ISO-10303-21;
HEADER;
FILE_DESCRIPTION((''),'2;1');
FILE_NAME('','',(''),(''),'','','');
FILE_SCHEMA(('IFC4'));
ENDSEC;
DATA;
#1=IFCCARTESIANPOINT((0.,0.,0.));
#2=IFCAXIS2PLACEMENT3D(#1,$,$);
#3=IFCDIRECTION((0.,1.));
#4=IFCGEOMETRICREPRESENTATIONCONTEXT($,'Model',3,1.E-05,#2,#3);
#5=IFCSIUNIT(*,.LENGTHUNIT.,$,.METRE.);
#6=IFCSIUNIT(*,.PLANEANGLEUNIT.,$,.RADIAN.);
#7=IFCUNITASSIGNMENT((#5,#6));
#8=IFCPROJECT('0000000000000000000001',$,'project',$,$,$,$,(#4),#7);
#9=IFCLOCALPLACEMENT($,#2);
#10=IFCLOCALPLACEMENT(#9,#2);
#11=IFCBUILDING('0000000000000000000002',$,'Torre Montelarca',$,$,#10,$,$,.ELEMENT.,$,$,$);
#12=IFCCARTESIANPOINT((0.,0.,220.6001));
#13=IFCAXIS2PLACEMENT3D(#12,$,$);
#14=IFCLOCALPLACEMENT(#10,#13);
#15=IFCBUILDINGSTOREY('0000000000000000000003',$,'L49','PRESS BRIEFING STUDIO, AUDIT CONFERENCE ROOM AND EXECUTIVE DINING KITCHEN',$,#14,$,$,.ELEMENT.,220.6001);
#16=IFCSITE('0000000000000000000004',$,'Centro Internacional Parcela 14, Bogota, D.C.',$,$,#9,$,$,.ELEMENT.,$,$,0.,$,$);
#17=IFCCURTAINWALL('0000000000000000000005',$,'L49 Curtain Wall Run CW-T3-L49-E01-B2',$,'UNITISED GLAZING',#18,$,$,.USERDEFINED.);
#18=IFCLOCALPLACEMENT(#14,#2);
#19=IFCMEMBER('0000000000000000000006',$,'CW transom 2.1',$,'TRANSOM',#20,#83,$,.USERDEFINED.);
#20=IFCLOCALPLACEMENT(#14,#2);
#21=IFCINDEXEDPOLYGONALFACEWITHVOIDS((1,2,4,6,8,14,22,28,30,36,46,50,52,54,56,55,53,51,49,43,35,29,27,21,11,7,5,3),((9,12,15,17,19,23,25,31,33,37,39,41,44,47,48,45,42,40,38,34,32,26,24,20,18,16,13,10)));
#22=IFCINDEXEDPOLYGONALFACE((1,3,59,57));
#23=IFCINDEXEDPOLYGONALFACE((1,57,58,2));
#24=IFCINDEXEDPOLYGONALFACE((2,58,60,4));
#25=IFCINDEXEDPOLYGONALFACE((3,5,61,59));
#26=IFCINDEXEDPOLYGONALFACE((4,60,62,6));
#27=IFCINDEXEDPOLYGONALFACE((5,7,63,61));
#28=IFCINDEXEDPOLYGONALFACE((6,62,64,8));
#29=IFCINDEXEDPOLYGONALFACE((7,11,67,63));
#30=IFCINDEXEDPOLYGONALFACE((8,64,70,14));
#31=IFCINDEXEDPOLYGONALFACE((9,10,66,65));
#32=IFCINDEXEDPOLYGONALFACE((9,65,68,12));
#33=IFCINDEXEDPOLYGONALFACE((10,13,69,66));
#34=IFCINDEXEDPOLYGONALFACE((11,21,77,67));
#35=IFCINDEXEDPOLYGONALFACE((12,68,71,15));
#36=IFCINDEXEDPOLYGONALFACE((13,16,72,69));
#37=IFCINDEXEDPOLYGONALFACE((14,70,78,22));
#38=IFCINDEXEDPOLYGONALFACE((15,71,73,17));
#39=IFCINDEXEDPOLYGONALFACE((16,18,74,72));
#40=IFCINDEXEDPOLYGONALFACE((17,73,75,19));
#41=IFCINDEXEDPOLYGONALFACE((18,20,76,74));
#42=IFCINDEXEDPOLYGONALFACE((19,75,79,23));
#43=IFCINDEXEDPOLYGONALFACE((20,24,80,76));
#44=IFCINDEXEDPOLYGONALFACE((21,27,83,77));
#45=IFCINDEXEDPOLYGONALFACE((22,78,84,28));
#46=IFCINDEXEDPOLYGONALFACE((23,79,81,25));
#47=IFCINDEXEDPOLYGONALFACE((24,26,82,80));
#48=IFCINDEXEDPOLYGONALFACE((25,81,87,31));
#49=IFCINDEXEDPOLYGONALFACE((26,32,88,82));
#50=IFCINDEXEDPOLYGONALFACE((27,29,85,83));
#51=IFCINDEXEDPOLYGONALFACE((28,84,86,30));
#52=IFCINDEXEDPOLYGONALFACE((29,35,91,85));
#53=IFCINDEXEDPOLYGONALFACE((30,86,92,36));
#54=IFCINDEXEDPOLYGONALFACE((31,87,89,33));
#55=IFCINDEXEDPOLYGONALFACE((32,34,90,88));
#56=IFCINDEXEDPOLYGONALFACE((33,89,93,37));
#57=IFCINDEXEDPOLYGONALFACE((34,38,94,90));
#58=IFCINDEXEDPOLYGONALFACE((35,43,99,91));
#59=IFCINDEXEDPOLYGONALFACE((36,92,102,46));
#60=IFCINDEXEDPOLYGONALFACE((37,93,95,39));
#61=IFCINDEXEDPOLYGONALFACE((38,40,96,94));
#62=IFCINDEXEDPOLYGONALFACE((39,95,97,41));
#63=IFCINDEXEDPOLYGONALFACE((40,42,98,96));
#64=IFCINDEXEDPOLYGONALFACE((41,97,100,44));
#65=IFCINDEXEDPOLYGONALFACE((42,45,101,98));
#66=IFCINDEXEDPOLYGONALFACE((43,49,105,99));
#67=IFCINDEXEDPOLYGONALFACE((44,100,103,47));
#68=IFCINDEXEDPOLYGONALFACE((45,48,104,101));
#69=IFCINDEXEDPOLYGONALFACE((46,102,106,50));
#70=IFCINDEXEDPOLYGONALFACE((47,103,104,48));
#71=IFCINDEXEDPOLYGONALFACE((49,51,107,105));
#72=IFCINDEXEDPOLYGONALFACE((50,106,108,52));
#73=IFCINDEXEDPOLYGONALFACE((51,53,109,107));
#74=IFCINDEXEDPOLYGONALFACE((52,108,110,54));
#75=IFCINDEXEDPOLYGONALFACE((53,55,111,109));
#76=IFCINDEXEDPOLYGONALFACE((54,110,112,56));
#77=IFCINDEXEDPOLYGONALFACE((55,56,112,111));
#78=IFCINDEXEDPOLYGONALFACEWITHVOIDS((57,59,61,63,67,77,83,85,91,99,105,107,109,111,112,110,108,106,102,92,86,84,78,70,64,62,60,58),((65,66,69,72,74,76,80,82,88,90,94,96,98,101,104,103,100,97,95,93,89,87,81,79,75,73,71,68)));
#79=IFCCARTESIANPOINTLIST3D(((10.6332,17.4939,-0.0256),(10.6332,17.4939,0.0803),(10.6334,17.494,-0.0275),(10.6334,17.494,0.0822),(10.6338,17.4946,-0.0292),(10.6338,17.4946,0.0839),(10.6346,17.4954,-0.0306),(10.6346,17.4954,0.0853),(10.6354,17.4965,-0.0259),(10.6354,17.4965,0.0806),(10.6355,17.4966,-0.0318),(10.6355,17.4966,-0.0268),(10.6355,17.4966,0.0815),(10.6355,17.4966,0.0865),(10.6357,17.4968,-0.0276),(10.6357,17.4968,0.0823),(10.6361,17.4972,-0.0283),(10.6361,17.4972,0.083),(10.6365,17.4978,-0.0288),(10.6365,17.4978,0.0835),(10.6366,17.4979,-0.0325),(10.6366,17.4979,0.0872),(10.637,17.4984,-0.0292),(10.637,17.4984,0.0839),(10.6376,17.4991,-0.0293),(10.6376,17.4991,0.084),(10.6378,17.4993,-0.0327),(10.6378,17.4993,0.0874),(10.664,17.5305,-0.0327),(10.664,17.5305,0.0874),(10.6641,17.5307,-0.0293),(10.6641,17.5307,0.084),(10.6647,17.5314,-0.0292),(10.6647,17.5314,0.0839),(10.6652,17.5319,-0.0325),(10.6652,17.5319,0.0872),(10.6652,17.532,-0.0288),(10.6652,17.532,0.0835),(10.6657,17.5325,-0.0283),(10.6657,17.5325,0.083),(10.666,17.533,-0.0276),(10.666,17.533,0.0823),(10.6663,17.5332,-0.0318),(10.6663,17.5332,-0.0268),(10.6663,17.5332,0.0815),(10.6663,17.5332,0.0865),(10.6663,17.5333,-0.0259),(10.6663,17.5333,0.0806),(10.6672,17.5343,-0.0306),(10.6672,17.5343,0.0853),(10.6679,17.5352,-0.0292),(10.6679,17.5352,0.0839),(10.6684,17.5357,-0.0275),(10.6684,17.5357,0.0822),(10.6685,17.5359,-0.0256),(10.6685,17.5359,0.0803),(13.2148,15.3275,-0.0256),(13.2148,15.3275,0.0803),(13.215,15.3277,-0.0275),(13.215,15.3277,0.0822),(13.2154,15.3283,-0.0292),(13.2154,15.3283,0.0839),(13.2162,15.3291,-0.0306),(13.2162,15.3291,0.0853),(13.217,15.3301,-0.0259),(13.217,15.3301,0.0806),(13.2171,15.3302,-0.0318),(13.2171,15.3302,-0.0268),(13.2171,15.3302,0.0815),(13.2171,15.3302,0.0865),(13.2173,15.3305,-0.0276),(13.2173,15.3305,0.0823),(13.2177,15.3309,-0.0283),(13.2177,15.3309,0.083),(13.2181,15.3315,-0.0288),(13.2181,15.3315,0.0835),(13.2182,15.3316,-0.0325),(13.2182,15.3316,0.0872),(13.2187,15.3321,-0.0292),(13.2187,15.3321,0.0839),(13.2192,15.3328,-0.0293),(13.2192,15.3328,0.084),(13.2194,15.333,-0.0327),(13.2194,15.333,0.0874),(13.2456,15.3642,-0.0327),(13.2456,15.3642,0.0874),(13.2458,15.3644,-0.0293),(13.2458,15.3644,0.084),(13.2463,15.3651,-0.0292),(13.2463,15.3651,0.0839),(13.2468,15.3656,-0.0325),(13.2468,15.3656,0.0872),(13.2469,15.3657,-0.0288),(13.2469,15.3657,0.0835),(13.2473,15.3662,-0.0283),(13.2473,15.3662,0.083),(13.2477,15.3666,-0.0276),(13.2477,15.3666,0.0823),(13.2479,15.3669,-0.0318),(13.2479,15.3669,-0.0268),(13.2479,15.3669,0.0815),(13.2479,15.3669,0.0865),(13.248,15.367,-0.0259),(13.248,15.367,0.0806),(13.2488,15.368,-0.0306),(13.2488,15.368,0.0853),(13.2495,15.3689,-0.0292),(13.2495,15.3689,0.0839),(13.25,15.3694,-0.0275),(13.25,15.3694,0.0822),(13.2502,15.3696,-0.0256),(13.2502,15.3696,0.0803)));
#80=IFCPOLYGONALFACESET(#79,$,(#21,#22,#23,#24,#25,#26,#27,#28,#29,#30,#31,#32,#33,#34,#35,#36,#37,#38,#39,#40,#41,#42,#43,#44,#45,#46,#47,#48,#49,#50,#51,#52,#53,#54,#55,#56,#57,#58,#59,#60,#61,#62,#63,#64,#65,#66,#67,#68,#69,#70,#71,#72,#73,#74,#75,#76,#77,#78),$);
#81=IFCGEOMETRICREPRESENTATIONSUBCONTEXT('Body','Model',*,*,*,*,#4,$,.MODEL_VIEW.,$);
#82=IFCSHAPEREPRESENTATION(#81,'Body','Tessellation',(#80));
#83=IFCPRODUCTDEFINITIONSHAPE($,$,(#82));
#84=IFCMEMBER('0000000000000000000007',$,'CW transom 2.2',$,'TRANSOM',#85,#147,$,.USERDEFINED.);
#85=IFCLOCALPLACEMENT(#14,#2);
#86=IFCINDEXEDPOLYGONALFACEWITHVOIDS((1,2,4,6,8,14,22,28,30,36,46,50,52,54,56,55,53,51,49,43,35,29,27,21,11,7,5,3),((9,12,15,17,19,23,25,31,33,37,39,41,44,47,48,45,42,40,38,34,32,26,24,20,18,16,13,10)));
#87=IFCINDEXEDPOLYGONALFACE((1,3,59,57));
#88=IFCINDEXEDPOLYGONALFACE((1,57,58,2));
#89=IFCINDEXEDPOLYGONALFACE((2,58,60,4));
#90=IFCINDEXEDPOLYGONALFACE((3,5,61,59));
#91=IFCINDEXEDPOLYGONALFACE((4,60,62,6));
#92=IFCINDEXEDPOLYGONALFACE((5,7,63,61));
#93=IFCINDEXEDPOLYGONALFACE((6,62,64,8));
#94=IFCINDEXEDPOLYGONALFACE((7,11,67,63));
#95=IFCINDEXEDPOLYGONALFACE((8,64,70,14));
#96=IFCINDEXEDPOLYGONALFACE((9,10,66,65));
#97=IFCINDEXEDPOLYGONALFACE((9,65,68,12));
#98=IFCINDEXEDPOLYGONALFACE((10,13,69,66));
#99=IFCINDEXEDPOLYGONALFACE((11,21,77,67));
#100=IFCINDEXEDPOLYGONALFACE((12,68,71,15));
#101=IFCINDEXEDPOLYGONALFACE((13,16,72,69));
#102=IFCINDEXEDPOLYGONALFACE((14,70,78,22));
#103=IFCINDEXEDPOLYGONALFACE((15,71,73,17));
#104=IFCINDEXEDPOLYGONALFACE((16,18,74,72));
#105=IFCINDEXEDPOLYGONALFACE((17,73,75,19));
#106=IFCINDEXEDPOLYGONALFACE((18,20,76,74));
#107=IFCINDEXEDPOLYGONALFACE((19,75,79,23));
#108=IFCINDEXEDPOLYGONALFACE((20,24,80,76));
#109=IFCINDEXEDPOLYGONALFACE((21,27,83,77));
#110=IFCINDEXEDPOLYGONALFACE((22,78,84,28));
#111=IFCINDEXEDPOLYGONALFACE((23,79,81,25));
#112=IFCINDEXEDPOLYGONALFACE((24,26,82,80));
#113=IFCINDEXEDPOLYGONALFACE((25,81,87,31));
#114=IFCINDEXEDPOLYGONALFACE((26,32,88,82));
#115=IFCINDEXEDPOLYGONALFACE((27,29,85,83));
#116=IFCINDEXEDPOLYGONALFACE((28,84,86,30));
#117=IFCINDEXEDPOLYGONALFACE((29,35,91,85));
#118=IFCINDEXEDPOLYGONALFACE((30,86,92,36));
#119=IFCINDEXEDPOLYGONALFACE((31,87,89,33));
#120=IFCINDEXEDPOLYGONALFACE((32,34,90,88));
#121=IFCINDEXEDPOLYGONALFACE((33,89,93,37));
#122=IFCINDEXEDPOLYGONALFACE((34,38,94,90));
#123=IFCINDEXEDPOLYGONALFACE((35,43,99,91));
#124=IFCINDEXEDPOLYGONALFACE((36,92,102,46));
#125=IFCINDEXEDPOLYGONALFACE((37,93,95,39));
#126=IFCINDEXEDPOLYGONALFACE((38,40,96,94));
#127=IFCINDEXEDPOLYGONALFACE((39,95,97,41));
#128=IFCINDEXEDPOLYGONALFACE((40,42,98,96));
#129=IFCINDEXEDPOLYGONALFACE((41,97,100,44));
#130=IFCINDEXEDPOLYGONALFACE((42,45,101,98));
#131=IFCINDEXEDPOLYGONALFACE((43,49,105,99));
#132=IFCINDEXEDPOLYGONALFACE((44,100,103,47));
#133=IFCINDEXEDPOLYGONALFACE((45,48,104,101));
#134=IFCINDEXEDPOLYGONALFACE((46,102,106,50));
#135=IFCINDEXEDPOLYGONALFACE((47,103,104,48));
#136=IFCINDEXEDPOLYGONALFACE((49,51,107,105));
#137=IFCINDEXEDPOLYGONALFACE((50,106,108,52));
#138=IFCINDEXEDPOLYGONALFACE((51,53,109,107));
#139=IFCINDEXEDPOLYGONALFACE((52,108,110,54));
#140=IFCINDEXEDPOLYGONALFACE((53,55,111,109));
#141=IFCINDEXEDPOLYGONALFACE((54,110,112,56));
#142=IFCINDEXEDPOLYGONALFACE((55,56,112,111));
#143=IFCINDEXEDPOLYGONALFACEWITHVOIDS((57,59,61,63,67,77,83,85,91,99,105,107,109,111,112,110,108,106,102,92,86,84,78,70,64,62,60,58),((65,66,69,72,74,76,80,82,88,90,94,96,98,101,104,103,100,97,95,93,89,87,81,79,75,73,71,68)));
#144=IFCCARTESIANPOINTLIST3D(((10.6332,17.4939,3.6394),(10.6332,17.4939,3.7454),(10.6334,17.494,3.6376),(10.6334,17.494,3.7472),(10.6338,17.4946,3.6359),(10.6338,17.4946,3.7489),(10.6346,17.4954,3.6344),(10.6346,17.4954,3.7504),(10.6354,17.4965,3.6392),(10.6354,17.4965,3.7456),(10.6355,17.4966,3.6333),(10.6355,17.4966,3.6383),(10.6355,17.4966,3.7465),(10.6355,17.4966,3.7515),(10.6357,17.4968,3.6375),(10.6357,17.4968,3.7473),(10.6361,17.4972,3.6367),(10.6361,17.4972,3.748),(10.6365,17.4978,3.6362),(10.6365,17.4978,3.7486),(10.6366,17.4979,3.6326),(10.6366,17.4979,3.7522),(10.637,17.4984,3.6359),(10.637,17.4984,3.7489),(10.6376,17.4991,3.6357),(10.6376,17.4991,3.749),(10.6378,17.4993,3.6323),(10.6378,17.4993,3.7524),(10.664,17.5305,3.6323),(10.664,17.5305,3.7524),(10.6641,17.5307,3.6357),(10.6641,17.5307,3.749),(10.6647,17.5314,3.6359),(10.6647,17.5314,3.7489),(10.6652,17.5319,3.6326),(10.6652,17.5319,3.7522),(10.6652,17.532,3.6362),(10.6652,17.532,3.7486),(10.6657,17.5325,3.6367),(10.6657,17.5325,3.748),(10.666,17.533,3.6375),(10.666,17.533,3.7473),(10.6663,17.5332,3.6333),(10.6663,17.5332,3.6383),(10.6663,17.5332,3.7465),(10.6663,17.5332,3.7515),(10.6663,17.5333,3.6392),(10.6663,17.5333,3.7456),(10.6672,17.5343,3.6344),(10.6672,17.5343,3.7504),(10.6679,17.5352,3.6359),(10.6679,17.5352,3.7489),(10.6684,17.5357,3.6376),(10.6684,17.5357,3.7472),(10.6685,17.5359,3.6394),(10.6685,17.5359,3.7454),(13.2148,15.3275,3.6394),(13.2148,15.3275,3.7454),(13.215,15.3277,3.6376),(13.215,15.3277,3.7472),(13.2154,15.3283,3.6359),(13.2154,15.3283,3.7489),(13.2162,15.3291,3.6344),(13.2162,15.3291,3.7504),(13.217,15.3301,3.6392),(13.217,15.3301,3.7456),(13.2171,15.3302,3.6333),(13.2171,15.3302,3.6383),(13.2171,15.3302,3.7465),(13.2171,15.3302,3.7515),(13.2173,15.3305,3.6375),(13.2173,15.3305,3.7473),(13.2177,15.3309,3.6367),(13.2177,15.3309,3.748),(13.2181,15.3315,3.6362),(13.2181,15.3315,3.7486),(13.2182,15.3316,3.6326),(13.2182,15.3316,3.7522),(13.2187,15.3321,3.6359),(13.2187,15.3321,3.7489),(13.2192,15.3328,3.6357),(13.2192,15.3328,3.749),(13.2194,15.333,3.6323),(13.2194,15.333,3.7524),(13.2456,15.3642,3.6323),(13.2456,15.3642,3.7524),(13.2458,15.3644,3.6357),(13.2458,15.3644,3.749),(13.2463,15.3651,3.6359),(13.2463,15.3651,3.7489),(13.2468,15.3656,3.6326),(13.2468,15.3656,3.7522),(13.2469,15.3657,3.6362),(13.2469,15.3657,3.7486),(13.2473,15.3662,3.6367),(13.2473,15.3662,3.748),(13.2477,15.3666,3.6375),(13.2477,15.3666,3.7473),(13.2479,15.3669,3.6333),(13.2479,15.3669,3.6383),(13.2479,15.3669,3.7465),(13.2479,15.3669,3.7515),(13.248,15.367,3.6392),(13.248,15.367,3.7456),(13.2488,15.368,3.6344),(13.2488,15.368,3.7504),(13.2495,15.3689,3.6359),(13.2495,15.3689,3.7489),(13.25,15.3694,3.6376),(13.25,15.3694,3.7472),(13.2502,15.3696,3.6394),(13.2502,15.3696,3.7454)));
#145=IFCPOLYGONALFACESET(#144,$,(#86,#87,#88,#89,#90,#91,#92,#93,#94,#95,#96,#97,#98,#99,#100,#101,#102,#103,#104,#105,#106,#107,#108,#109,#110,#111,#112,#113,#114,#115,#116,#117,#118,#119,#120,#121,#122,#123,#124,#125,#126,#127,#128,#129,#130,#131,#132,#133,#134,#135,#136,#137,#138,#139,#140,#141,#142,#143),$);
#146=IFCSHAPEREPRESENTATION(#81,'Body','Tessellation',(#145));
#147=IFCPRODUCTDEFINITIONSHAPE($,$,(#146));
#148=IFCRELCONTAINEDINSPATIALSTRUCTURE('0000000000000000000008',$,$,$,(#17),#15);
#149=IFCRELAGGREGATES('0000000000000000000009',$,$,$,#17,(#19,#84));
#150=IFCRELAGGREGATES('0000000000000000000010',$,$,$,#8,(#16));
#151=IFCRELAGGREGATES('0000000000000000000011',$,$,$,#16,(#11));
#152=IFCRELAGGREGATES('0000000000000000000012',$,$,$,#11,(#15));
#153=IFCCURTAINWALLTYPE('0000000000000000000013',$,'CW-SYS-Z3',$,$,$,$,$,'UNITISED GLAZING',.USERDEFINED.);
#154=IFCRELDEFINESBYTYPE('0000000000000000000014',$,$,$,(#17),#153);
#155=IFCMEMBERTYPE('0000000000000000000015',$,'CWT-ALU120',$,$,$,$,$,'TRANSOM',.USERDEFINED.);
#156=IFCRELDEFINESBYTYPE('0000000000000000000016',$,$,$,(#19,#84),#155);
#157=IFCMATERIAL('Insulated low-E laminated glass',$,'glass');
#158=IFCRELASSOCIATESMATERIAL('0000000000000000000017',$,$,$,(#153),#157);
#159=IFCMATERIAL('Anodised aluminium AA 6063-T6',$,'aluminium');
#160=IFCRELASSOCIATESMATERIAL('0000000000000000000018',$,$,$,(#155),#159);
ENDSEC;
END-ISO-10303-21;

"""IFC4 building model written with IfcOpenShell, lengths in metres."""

from ifc_helpers import new_model, si_unit, direction, frame, origin, origin_2d, place, context, subcontext, project, spatial, hollow_rectangle, extrude, source, transform, mapped, material, material_profile, profile_set, type_object, element, aggregate, save


model = new_model("IFC4")

# Units and contexts
model_context = context("Model", 3, precision=1e-05, world=origin(), true_north=direction((0.0, 1.0)))
body_context = subcontext(model_context, "Body", "Model", "MODEL_VIEW")
ifc_project = project(units=[si_unit("LENGTHUNIT", "METRE"), si_unit("PLANEANGLEUNIT", "RADIAN")], contexts=[model_context])

# Site, building, storey
site_placement = place(None, origin())
site = spatial("IfcSite", under=ifc_project, at=site_placement, Name="Centro Internacional Parcela 14, Bogota, D.C.", CompositionType="ELEMENT", RefElevation=0.0)
building_placement = place(site_placement, origin())
building = spatial("IfcBuilding", under=site, at=building_placement, Name="Torre Montelarca", CompositionType="ELEMENT")
storey_placement = place(building_placement, frame((0.0, 0.0, 220.6001)))
storey = spatial("IfcBuildingStorey", under=building, at=storey_placement, Name="L49", Description="PRESS BRIEFING STUDIO, AUDIT CONFERENCE ROOM AND EXECUTIVE DINING KITCHEN", CompositionType="ELEMENT", Elevation=220.6001)

# Curtain wall, members
ifc_material_1 = material(Name="Insulated low-E laminated glass", Category="glass")
curtain_wall_type = type_object("IfcCurtainWallType", Name="CW-SYS-Z3", ElementType="UNITISED GLAZING", PredefinedType="USERDEFINED", material=ifc_material_1)
curtain_wall_1_placement = place(storey_placement, origin())
curtain_wall_1 = element("IfcCurtainWall", 1, at=curtain_wall_1_placement, inside=storey, type_object=curtain_wall_type, Name="L49 Curtain Wall Run CW-T3-L49-E01-B2", ObjectType="UNITISED GLAZING", PredefinedType="USERDEFINED")
ifc_material_2 = material(Name="Anodised aluminium AA 6063-T6", Category="aluminium")
ifc_material_profile_1 = material_profile(ifc_material_2, hollow_rectangle(XDim=0.0549, YDim=0.1201, WallThickness=0.0034, InnerFilletRadius=0.0034, OuterFilletRadius=0.0071, at=origin_2d()), Name="ALU55X120X3.5", Category="aluminium")
ifc_profile_set_1 = profile_set([ifc_material_profile_1], Name="Anodised aluminium AA 6063-T6")
member_type_1 = type_object("IfcMemberType", Name="CWT-ALU120", ElementType="TRANSOM", PredefinedType="USERDEFINED", material=ifc_profile_set_1)
shared_shape_1 = source(origin(), body_context, "Body", "SweptSolid", [
    extrude(hollow_rectangle(XDim=0.0549, YDim=0.1201, WallThickness=0.0034, InnerFilletRadius=0.0034, OuterFilletRadius=0.0071, at=origin_2d()), origin(), (0.0, 0.0, 1.0), 3.3701),
])
member_1_placement = place(storey_placement, frame((10.6509, 17.5149, 0.0273), z_axis=(0.766032, -0.642803, 0.0), x_axis=(0.642803, 0.766032, 0.0)))
member_1 = element("IfcMember", 2, at=member_1_placement, type_object=member_type_1, Name="CW transom 2.1", ObjectType="TRANSOM", PredefinedType="USERDEFINED", context=body_context, shape_type="MappedRepresentation", body=[
    mapped(shared_shape_1, transform((0.0, 0.0, 0.0), scale=1.0)),
])
member_2_placement = place(storey_placement, frame((10.6509, 17.5149, 3.6924), z_axis=(0.766032, -0.642803, 0.0), x_axis=(0.642803, 0.766032, 0.0)))
member_2 = element("IfcMember", 3, at=member_2_placement, type_object=member_type_1, Name="CW transom 2.2", ObjectType="TRANSOM", PredefinedType="USERDEFINED", context=body_context, shape_type="MappedRepresentation", body=[
    mapped(shared_shape_1, transform((0.0, 0.0, 0.0), scale=1.0)),
])

aggregate(curtain_wall_1, [member_1, member_2])

save(model, "model.ifc")
